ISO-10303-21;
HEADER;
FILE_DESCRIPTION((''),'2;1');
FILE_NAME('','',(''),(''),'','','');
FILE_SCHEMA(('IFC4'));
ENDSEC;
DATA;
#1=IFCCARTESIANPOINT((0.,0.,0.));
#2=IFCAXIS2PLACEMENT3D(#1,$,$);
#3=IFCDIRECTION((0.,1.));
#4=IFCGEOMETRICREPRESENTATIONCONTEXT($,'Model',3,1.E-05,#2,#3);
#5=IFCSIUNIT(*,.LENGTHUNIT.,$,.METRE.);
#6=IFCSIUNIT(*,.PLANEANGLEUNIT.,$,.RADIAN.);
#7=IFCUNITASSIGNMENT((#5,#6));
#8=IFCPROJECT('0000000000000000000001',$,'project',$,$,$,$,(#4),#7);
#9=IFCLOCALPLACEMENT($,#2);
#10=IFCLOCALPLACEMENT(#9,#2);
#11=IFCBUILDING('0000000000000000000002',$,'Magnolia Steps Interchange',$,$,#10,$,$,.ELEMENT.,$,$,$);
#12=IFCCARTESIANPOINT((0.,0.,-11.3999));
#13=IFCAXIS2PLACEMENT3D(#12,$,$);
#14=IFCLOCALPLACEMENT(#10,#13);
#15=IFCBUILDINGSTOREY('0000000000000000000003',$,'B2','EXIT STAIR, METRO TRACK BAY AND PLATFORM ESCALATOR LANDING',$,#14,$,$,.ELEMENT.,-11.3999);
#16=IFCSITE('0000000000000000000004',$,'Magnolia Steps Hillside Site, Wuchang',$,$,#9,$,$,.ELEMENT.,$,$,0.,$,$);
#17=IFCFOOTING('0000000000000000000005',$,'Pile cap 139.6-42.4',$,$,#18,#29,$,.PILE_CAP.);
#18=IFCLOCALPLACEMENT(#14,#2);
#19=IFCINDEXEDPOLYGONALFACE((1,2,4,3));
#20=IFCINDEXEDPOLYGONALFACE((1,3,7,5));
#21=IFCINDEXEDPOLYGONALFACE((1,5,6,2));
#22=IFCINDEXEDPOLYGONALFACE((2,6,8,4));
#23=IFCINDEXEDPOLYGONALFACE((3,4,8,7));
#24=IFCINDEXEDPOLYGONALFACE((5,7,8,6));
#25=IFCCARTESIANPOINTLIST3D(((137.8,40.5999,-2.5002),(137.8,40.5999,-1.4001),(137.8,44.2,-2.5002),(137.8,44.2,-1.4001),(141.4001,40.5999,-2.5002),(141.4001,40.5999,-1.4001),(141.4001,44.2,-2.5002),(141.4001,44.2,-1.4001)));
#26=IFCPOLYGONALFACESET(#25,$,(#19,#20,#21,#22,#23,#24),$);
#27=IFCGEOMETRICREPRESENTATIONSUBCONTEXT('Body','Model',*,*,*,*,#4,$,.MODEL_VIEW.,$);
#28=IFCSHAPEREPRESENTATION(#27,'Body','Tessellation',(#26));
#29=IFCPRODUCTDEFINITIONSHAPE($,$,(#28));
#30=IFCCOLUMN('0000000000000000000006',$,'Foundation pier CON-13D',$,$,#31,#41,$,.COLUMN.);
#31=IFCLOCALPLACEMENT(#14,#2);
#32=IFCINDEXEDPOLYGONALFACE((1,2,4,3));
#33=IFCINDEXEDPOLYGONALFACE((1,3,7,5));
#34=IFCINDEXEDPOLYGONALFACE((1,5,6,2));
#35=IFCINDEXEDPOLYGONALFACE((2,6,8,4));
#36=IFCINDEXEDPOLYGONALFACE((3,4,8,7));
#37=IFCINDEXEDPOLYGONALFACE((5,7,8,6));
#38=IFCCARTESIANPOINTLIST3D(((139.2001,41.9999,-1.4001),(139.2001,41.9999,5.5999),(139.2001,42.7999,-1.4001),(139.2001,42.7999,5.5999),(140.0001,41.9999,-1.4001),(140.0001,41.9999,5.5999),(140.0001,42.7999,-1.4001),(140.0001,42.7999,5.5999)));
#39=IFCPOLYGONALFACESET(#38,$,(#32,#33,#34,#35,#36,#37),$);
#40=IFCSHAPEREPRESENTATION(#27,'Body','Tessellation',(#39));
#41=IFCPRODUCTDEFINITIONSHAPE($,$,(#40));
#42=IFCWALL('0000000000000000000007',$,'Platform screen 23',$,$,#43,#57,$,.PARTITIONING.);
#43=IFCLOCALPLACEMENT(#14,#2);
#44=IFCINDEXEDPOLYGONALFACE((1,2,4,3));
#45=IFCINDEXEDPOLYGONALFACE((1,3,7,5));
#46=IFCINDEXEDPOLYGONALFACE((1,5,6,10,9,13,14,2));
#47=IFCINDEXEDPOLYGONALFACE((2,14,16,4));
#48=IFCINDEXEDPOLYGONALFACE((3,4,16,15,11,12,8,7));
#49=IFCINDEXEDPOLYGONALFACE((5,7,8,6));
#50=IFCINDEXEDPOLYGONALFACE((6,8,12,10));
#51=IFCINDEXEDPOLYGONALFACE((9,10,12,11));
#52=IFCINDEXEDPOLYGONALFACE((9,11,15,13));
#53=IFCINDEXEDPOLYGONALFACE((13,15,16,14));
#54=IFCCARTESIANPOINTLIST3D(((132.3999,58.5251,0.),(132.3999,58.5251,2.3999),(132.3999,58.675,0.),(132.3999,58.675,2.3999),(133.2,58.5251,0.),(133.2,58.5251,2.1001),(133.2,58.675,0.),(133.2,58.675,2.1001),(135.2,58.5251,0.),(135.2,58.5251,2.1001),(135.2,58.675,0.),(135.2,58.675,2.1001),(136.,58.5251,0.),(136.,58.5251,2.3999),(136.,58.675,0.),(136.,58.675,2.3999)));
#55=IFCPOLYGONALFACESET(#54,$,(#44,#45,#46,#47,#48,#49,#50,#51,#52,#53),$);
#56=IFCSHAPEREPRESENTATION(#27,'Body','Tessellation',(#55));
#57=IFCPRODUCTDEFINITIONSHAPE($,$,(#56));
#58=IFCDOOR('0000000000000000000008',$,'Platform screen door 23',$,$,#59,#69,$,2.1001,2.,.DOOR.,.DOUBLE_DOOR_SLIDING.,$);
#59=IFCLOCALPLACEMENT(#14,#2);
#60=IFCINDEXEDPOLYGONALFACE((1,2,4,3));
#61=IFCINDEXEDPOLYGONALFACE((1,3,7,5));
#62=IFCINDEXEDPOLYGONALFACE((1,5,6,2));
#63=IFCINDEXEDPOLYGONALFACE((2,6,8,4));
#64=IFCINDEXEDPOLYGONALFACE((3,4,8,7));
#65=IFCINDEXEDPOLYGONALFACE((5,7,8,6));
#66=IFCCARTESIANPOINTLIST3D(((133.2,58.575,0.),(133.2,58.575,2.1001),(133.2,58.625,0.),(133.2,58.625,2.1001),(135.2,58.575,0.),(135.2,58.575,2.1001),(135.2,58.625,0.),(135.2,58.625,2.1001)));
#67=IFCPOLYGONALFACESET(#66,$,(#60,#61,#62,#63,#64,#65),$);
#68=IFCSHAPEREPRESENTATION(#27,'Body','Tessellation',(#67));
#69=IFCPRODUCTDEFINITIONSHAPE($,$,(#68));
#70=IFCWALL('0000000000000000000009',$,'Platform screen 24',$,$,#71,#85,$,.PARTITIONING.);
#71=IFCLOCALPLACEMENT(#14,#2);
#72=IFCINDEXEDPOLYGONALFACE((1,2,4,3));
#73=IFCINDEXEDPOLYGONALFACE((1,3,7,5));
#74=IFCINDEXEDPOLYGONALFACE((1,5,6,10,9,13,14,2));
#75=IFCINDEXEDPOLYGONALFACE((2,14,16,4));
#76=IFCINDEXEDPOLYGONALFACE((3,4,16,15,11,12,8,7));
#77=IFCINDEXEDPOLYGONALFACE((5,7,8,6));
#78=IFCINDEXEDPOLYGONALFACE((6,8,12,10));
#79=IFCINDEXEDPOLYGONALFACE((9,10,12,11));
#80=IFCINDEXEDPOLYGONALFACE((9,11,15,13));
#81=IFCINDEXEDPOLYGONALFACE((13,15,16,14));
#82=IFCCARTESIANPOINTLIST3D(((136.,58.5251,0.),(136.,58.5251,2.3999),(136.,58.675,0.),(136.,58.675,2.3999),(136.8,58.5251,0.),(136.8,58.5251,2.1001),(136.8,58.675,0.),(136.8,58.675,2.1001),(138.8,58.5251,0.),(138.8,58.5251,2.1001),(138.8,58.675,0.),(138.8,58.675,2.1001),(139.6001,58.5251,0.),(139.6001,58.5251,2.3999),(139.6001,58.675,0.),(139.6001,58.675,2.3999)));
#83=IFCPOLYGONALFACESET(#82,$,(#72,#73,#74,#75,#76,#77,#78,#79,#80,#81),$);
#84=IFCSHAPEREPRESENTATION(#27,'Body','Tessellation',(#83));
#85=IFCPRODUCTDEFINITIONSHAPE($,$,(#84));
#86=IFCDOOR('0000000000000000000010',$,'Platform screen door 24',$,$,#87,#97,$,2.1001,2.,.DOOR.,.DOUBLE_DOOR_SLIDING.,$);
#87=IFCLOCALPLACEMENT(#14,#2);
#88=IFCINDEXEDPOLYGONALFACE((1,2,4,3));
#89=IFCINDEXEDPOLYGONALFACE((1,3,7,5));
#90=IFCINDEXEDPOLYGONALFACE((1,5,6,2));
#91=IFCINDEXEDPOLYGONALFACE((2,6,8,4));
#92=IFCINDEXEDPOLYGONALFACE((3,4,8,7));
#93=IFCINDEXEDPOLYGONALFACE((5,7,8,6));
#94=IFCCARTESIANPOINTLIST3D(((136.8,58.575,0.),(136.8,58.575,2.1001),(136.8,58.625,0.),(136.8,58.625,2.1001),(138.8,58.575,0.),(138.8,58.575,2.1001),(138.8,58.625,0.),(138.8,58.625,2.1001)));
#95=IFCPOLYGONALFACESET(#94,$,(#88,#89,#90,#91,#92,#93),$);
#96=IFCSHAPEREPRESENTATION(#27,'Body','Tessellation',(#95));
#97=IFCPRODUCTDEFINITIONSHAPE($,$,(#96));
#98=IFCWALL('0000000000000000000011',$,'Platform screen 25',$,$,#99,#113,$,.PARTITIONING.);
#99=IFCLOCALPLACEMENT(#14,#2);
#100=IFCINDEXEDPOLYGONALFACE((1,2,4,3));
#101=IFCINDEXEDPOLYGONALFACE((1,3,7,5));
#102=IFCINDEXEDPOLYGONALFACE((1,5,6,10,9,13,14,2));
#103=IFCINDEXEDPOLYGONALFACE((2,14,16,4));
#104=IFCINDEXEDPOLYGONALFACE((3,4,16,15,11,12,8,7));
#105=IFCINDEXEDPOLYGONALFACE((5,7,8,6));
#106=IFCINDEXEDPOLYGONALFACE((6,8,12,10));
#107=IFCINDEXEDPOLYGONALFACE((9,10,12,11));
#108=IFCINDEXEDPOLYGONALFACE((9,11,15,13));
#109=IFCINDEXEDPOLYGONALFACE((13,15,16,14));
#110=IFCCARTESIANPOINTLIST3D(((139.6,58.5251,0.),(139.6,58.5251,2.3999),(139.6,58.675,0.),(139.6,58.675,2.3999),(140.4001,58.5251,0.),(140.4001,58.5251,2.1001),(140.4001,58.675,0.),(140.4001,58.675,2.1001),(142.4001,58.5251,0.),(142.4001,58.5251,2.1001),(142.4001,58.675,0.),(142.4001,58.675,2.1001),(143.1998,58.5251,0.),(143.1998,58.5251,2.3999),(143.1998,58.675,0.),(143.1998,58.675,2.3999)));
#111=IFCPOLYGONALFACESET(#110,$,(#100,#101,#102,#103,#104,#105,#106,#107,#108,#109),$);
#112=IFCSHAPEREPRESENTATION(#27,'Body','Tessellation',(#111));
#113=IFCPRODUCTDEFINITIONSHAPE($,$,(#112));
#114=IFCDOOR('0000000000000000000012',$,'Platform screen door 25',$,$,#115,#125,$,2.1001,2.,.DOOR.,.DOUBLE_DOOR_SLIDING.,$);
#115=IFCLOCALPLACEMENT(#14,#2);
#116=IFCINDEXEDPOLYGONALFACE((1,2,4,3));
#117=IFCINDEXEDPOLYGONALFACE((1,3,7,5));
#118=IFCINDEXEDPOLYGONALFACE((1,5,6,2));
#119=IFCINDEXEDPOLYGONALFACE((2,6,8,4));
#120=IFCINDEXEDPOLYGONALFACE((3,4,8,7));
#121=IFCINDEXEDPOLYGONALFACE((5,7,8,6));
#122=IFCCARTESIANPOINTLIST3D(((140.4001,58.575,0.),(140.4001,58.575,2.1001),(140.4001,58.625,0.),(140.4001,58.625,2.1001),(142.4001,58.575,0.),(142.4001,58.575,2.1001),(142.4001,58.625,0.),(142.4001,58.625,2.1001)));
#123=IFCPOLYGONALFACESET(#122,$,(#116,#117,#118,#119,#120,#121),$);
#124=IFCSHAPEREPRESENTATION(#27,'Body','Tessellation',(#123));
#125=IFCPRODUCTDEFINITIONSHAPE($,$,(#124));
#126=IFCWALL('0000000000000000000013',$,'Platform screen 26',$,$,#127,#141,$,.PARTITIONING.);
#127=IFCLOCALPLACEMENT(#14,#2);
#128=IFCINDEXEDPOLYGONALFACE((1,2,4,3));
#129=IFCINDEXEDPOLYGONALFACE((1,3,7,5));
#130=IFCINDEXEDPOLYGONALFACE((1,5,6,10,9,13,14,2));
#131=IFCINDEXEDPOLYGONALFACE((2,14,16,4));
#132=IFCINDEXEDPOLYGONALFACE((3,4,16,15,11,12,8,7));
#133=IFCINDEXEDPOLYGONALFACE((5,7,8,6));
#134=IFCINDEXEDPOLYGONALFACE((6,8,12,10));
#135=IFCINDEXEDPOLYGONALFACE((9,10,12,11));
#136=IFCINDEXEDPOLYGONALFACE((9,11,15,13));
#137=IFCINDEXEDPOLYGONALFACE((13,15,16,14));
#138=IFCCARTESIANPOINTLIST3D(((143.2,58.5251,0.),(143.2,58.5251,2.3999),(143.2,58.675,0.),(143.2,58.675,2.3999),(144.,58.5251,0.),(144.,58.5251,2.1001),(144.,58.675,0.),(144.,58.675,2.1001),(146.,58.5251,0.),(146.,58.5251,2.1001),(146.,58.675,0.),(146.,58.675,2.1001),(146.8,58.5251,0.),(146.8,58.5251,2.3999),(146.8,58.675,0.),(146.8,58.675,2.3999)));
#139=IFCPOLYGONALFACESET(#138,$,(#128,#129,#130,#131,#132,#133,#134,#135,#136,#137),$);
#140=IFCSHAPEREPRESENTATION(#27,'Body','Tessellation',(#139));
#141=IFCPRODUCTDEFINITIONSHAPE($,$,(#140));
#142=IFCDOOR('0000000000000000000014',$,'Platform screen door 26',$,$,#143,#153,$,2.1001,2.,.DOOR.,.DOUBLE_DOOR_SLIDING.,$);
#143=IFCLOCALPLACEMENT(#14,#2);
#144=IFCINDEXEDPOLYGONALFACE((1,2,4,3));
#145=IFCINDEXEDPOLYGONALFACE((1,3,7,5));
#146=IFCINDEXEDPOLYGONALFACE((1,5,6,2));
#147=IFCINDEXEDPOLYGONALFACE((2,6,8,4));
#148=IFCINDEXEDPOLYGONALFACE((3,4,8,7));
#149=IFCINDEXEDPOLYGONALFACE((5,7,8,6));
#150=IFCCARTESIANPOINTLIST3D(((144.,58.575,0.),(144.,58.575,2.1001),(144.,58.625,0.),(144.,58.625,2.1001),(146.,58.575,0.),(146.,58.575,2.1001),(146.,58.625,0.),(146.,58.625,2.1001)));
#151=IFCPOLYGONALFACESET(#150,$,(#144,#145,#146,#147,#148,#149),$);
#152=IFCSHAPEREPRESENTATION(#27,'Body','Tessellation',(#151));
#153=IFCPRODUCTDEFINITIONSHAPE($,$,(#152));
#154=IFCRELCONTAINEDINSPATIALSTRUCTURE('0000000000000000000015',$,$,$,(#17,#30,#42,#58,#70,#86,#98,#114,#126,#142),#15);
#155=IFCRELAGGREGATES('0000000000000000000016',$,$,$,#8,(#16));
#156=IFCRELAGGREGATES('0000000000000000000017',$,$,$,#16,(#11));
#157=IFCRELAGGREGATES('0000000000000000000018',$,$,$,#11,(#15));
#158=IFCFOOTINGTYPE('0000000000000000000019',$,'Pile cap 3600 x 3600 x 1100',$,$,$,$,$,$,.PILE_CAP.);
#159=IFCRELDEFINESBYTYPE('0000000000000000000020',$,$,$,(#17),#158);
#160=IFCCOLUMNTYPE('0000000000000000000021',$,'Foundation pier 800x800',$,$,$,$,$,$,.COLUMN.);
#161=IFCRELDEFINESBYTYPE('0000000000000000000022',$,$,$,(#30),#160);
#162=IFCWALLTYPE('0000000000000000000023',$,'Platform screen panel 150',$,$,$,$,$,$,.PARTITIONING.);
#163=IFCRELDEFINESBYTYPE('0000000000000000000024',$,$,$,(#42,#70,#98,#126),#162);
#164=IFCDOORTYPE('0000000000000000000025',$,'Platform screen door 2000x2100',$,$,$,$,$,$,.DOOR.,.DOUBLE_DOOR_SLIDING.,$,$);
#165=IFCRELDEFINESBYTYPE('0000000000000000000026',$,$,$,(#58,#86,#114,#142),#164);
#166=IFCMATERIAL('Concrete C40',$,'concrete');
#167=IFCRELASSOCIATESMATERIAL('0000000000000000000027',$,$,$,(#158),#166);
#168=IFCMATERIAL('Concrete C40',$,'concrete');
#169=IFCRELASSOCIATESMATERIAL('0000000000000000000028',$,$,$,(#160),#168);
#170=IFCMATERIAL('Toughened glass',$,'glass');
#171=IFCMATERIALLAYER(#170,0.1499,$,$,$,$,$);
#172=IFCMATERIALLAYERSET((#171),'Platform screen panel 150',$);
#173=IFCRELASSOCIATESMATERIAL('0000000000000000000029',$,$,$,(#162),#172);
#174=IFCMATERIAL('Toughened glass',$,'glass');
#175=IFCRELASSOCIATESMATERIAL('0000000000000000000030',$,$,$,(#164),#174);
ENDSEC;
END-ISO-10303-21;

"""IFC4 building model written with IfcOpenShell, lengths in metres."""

from ifc_helpers import new_model, si_unit, direction, frame, frame_2d, origin, origin_2d, place, context, subcontext, project, spatial, rectangle, extrude, material, layer, layer_set, material_profile, profile_set, type_object, element, fill, save


model = new_model("IFC4")

# Units and contexts
model_context = context("Model", 3, precision=1e-05, world=origin(), true_north=direction((0.0, 1.0)))
body_context = subcontext(model_context, "Body", "Model", "MODEL_VIEW")
ifc_project = project(units=[si_unit("LENGTHUNIT", "METRE"), si_unit("PLANEANGLEUNIT", "RADIAN")], contexts=[model_context])

# Site, building, storey
site_placement = place(None, origin())
site = spatial("IfcSite", under=ifc_project, at=site_placement, Name="Magnolia Steps Hillside Site, Wuchang", CompositionType="ELEMENT", RefElevation=0.0)
building_placement = place(site_placement, origin())
building = spatial("IfcBuilding", under=site, at=building_placement, Name="Magnolia Steps Interchange", CompositionType="ELEMENT")
storey_placement = place(building_placement, frame((0.0, 0.0, -11.3999)))
storey = spatial("IfcBuildingStorey", under=building, at=storey_placement, Name="B2", Description="EXIT STAIR, METRO TRACK BAY AND PLATFORM ESCALATOR LANDING", CompositionType="ELEMENT", Elevation=-11.3999)

# Footing
ifc_material_1 = material(Name="Concrete C40", Category="concrete")
footing_type = type_object("IfcFootingType", Name="Pile cap 3600 x 3600 x 1100", PredefinedType="PILE_CAP", material=ifc_material_1)
footing_placement = place(storey_placement, frame((139.6001, 42.3999, -2.5002), z_axis=(0.0, 0.0, 1.0), x_axis=(1.0, 0.0, 0.0)))
element("IfcFooting", 1, at=footing_placement, inside=storey, type_object=footing_type, Name="Pile cap 139.6-42.4", PredefinedType="PILE_CAP", context=body_context, shape_type="SweptSolid", body=[
    extrude(rectangle(XDim=3.6001, YDim=3.6001, at=origin_2d()), origin(), (0.0, 0.0, 1.0), 1.1001),
])

# Column
ifc_material_2 = material(Name="Concrete C40", Category="concrete")
ifc_material_profile_1 = material_profile(ifc_material_2, rectangle(XDim=0.8, YDim=0.8, at=origin_2d()), Name="RC800x800")
ifc_profile_set_1 = profile_set([ifc_material_profile_1], Name="Concrete C40")
column_type = type_object("IfcColumnType", Name="Foundation pier 800x800", PredefinedType="COLUMN", material=ifc_profile_set_1)
column_placement = place(storey_placement, frame((139.6001, 42.3999, -1.4001), z_axis=(0.0, 0.0, 1.0), x_axis=(1.0, 0.0, 0.0)))
element("IfcColumn", 2, at=column_placement, inside=storey, type_object=column_type, Name="Foundation pier CON-13D", PredefinedType="COLUMN", context=body_context, shape_type="SweptSolid", body=[
    extrude(rectangle(XDim=0.8, YDim=0.8, at=origin_2d()), origin(), (0.0, 0.0, 1.0), 7.0),
])

# Walls, openings, doors
ifc_material_3 = material(Name="Toughened glass", Category="glass")
ifc_layer = layer(ifc_material_3, 0.1499)
ifc_layer_set = layer_set([ifc_layer], Name="Platform screen panel 150")
wall_type = type_object("IfcWallType", Name="Platform screen panel 150", PredefinedType="PARTITIONING", material=ifc_layer_set)
wall_1_placement = place(storey_placement, frame((132.3999, 58.6001, 0.0), z_axis=(0.0, 0.0, 1.0), x_axis=(1.0, 0.0, 0.0)))
wall_1 = element("IfcWall", 3, at=wall_1_placement, inside=storey, type_object=wall_type, Name="Platform screen 23", PredefinedType="PARTITIONING", context=body_context, shape_type="SweptSolid", body=[
    extrude(rectangle(XDim=3.6001, YDim=0.1499, at=frame_2d((1.8, 0.0))), origin(), (0.0, 0.0, 1.0), 2.3999),
])
opening_1_placement = place(wall_1_placement, frame((0.8, 0.0, 0.0)))
opening_1 = element("IfcOpeningElement", 4, at=opening_1_placement, cuts=wall_1, PredefinedType="OPENING", context=body_context, shape_type="SweptSolid", body=[
    extrude(rectangle(XDim=2.0, YDim=2.1001, at=frame_2d((1.0, 1.05))), frame((0.0, 0.085, 0.0), z_axis=(0.0, -1.0, 0.0), x_axis=(1.0, 0.0, 0.0)), (0.0, 0.0, 1.0), 0.1699),
])
ifc_material_4 = material(Name="Toughened glass", Category="glass")
door_type = type_object("IfcDoorType", Name="Platform screen door 2000x2100", OperationType="DOUBLE_DOOR_SLIDING", PredefinedType="DOOR", material=ifc_material_4)
door_1_placement = place(opening_1_placement, origin())
door_1 = element("IfcDoor", 5, at=door_1_placement, inside=storey, type_object=door_type, Name="Platform screen door 23", OperationType="DOUBLE_DOOR_SLIDING", OverallHeight=2.1001, OverallWidth=2.0, PredefinedType="DOOR", context=body_context, shape_type="SweptSolid", body=[
    extrude(rectangle(XDim=2.0, YDim=2.1001, at=frame_2d((1.0, 1.05))), frame((0.0, 0.0249, 0.0), z_axis=(0.0, -1.0, 0.0), x_axis=(1.0, 0.0, 0.0)), (0.0, 0.0, 1.0), 0.05),
])
fill(opening_1, door_1)
wall_2_placement = place(storey_placement, frame((136.0, 58.6001, 0.0), z_axis=(0.0, 0.0, 1.0), x_axis=(1.0, 0.0, 0.0)))
wall_2 = element("IfcWall", 6, at=wall_2_placement, inside=storey, type_object=wall_type, Name="Platform screen 24", PredefinedType="PARTITIONING", context=body_context, shape_type="SweptSolid", body=[
    extrude(rectangle(XDim=3.6001, YDim=0.1499, at=frame_2d((1.8, 0.0))), origin(), (0.0, 0.0, 1.0), 2.3999),
])
opening_2_placement = place(wall_2_placement, frame((0.8, 0.0, 0.0)))
opening_2 = element("IfcOpeningElement", 7, at=opening_2_placement, cuts=wall_2, PredefinedType="OPENING", context=body_context, shape_type="SweptSolid", body=[
    extrude(rectangle(XDim=2.0, YDim=2.1001, at=frame_2d((1.0, 1.05))), frame((0.0, 0.085, 0.0), z_axis=(0.0, -1.0, 0.0), x_axis=(1.0, 0.0, 0.0)), (0.0, 0.0, 1.0), 0.1699),
])
door_2_placement = place(opening_2_placement, origin())
door_2 = element("IfcDoor", 8, at=door_2_placement, inside=storey, type_object=door_type, Name="Platform screen door 24", OperationType="DOUBLE_DOOR_SLIDING", OverallHeight=2.1001, OverallWidth=2.0, PredefinedType="DOOR", context=body_context, shape_type="SweptSolid", body=[
    extrude(rectangle(XDim=2.0, YDim=2.1001, at=frame_2d((1.0, 1.05))), frame((0.0, 0.0249, 0.0), z_axis=(0.0, -1.0, 0.0), x_axis=(1.0, 0.0, 0.0)), (0.0, 0.0, 1.0), 0.05),
])
fill(opening_2, door_2)
wall_3_placement = place(storey_placement, frame((139.6001, 58.6001, 0.0), z_axis=(0.0, 0.0, 1.0), x_axis=(1.0, 0.0, 0.0)))
wall_3 = element("IfcWall", 9, at=wall_3_placement, inside=storey, type_object=wall_type, Name="Platform screen 25", PredefinedType="PARTITIONING", context=body_context, shape_type="SweptSolid", body=[
    extrude(rectangle(XDim=3.5999, YDim=0.1499, at=frame_2d((1.7998, 0.0))), origin(), (0.0, 0.0, 1.0), 2.3999),
])
opening_3_placement = place(wall_3_placement, frame((0.8, 0.0, 0.0)))
opening_3 = element("IfcOpeningElement", 10, at=opening_3_placement, cuts=wall_3, PredefinedType="OPENING", context=body_context, shape_type="SweptSolid", body=[
    extrude(rectangle(XDim=2.0, YDim=2.1001, at=frame_2d((1.0, 1.05))), frame((0.0, 0.085, 0.0), z_axis=(0.0, -1.0, 0.0), x_axis=(1.0, 0.0, 0.0)), (0.0, 0.0, 1.0), 0.1699),
])
door_3_placement = place(opening_3_placement, origin())
door_3 = element("IfcDoor", 11, at=door_3_placement, inside=storey, type_object=door_type, Name="Platform screen door 25", OperationType="DOUBLE_DOOR_SLIDING", OverallHeight=2.1001, OverallWidth=2.0, PredefinedType="DOOR", context=body_context, shape_type="SweptSolid", body=[
    extrude(rectangle(XDim=2.0, YDim=2.1001, at=frame_2d((1.0, 1.05))), frame((0.0, 0.0249, 0.0), z_axis=(0.0, -1.0, 0.0), x_axis=(1.0, 0.0, 0.0)), (0.0, 0.0, 1.0), 0.05),
])
fill(opening_3, door_3)
wall_4_placement = place(storey_placement, frame((143.2, 58.6001, 0.0), z_axis=(0.0, 0.0, 1.0), x_axis=(1.0, 0.0, 0.0)))
wall_4 = element("IfcWall", 12, at=wall_4_placement, inside=storey, type_object=wall_type, Name="Platform screen 26", PredefinedType="PARTITIONING", context=body_context, shape_type="SweptSolid", body=[
    extrude(rectangle(XDim=3.6001, YDim=0.1499, at=frame_2d((1.8, 0.0))), origin(), (0.0, 0.0, 1.0), 2.3999),
])
opening_4_placement = place(wall_4_placement, frame((0.8, 0.0, 0.0)))
opening_4 = element("IfcOpeningElement", 13, at=opening_4_placement, cuts=wall_4, PredefinedType="OPENING", context=body_context, shape_type="SweptSolid", body=[
    extrude(rectangle(XDim=2.0, YDim=2.1001, at=frame_2d((1.0, 1.05))), frame((0.0, 0.085, 0.0), z_axis=(0.0, -1.0, 0.0), x_axis=(1.0, 0.0, 0.0)), (0.0, 0.0, 1.0), 0.1699),
])
door_4_placement = place(opening_4_placement, origin())
door_4 = element("IfcDoor", 14, at=door_4_placement, inside=storey, type_object=door_type, Name="Platform screen door 26", OperationType="DOUBLE_DOOR_SLIDING", OverallHeight=2.1001, OverallWidth=2.0, PredefinedType="DOOR", context=body_context, shape_type="SweptSolid", body=[
    extrude(rectangle(XDim=2.0, YDim=2.1001, at=frame_2d((1.0, 1.05))), frame((0.0, 0.0249, 0.0), z_axis=(0.0, -1.0, 0.0), x_axis=(1.0, 0.0, 0.0)), (0.0, 0.0, 1.0), 0.05),
])
fill(opening_4, door_4)

save(model, "model.ifc")
